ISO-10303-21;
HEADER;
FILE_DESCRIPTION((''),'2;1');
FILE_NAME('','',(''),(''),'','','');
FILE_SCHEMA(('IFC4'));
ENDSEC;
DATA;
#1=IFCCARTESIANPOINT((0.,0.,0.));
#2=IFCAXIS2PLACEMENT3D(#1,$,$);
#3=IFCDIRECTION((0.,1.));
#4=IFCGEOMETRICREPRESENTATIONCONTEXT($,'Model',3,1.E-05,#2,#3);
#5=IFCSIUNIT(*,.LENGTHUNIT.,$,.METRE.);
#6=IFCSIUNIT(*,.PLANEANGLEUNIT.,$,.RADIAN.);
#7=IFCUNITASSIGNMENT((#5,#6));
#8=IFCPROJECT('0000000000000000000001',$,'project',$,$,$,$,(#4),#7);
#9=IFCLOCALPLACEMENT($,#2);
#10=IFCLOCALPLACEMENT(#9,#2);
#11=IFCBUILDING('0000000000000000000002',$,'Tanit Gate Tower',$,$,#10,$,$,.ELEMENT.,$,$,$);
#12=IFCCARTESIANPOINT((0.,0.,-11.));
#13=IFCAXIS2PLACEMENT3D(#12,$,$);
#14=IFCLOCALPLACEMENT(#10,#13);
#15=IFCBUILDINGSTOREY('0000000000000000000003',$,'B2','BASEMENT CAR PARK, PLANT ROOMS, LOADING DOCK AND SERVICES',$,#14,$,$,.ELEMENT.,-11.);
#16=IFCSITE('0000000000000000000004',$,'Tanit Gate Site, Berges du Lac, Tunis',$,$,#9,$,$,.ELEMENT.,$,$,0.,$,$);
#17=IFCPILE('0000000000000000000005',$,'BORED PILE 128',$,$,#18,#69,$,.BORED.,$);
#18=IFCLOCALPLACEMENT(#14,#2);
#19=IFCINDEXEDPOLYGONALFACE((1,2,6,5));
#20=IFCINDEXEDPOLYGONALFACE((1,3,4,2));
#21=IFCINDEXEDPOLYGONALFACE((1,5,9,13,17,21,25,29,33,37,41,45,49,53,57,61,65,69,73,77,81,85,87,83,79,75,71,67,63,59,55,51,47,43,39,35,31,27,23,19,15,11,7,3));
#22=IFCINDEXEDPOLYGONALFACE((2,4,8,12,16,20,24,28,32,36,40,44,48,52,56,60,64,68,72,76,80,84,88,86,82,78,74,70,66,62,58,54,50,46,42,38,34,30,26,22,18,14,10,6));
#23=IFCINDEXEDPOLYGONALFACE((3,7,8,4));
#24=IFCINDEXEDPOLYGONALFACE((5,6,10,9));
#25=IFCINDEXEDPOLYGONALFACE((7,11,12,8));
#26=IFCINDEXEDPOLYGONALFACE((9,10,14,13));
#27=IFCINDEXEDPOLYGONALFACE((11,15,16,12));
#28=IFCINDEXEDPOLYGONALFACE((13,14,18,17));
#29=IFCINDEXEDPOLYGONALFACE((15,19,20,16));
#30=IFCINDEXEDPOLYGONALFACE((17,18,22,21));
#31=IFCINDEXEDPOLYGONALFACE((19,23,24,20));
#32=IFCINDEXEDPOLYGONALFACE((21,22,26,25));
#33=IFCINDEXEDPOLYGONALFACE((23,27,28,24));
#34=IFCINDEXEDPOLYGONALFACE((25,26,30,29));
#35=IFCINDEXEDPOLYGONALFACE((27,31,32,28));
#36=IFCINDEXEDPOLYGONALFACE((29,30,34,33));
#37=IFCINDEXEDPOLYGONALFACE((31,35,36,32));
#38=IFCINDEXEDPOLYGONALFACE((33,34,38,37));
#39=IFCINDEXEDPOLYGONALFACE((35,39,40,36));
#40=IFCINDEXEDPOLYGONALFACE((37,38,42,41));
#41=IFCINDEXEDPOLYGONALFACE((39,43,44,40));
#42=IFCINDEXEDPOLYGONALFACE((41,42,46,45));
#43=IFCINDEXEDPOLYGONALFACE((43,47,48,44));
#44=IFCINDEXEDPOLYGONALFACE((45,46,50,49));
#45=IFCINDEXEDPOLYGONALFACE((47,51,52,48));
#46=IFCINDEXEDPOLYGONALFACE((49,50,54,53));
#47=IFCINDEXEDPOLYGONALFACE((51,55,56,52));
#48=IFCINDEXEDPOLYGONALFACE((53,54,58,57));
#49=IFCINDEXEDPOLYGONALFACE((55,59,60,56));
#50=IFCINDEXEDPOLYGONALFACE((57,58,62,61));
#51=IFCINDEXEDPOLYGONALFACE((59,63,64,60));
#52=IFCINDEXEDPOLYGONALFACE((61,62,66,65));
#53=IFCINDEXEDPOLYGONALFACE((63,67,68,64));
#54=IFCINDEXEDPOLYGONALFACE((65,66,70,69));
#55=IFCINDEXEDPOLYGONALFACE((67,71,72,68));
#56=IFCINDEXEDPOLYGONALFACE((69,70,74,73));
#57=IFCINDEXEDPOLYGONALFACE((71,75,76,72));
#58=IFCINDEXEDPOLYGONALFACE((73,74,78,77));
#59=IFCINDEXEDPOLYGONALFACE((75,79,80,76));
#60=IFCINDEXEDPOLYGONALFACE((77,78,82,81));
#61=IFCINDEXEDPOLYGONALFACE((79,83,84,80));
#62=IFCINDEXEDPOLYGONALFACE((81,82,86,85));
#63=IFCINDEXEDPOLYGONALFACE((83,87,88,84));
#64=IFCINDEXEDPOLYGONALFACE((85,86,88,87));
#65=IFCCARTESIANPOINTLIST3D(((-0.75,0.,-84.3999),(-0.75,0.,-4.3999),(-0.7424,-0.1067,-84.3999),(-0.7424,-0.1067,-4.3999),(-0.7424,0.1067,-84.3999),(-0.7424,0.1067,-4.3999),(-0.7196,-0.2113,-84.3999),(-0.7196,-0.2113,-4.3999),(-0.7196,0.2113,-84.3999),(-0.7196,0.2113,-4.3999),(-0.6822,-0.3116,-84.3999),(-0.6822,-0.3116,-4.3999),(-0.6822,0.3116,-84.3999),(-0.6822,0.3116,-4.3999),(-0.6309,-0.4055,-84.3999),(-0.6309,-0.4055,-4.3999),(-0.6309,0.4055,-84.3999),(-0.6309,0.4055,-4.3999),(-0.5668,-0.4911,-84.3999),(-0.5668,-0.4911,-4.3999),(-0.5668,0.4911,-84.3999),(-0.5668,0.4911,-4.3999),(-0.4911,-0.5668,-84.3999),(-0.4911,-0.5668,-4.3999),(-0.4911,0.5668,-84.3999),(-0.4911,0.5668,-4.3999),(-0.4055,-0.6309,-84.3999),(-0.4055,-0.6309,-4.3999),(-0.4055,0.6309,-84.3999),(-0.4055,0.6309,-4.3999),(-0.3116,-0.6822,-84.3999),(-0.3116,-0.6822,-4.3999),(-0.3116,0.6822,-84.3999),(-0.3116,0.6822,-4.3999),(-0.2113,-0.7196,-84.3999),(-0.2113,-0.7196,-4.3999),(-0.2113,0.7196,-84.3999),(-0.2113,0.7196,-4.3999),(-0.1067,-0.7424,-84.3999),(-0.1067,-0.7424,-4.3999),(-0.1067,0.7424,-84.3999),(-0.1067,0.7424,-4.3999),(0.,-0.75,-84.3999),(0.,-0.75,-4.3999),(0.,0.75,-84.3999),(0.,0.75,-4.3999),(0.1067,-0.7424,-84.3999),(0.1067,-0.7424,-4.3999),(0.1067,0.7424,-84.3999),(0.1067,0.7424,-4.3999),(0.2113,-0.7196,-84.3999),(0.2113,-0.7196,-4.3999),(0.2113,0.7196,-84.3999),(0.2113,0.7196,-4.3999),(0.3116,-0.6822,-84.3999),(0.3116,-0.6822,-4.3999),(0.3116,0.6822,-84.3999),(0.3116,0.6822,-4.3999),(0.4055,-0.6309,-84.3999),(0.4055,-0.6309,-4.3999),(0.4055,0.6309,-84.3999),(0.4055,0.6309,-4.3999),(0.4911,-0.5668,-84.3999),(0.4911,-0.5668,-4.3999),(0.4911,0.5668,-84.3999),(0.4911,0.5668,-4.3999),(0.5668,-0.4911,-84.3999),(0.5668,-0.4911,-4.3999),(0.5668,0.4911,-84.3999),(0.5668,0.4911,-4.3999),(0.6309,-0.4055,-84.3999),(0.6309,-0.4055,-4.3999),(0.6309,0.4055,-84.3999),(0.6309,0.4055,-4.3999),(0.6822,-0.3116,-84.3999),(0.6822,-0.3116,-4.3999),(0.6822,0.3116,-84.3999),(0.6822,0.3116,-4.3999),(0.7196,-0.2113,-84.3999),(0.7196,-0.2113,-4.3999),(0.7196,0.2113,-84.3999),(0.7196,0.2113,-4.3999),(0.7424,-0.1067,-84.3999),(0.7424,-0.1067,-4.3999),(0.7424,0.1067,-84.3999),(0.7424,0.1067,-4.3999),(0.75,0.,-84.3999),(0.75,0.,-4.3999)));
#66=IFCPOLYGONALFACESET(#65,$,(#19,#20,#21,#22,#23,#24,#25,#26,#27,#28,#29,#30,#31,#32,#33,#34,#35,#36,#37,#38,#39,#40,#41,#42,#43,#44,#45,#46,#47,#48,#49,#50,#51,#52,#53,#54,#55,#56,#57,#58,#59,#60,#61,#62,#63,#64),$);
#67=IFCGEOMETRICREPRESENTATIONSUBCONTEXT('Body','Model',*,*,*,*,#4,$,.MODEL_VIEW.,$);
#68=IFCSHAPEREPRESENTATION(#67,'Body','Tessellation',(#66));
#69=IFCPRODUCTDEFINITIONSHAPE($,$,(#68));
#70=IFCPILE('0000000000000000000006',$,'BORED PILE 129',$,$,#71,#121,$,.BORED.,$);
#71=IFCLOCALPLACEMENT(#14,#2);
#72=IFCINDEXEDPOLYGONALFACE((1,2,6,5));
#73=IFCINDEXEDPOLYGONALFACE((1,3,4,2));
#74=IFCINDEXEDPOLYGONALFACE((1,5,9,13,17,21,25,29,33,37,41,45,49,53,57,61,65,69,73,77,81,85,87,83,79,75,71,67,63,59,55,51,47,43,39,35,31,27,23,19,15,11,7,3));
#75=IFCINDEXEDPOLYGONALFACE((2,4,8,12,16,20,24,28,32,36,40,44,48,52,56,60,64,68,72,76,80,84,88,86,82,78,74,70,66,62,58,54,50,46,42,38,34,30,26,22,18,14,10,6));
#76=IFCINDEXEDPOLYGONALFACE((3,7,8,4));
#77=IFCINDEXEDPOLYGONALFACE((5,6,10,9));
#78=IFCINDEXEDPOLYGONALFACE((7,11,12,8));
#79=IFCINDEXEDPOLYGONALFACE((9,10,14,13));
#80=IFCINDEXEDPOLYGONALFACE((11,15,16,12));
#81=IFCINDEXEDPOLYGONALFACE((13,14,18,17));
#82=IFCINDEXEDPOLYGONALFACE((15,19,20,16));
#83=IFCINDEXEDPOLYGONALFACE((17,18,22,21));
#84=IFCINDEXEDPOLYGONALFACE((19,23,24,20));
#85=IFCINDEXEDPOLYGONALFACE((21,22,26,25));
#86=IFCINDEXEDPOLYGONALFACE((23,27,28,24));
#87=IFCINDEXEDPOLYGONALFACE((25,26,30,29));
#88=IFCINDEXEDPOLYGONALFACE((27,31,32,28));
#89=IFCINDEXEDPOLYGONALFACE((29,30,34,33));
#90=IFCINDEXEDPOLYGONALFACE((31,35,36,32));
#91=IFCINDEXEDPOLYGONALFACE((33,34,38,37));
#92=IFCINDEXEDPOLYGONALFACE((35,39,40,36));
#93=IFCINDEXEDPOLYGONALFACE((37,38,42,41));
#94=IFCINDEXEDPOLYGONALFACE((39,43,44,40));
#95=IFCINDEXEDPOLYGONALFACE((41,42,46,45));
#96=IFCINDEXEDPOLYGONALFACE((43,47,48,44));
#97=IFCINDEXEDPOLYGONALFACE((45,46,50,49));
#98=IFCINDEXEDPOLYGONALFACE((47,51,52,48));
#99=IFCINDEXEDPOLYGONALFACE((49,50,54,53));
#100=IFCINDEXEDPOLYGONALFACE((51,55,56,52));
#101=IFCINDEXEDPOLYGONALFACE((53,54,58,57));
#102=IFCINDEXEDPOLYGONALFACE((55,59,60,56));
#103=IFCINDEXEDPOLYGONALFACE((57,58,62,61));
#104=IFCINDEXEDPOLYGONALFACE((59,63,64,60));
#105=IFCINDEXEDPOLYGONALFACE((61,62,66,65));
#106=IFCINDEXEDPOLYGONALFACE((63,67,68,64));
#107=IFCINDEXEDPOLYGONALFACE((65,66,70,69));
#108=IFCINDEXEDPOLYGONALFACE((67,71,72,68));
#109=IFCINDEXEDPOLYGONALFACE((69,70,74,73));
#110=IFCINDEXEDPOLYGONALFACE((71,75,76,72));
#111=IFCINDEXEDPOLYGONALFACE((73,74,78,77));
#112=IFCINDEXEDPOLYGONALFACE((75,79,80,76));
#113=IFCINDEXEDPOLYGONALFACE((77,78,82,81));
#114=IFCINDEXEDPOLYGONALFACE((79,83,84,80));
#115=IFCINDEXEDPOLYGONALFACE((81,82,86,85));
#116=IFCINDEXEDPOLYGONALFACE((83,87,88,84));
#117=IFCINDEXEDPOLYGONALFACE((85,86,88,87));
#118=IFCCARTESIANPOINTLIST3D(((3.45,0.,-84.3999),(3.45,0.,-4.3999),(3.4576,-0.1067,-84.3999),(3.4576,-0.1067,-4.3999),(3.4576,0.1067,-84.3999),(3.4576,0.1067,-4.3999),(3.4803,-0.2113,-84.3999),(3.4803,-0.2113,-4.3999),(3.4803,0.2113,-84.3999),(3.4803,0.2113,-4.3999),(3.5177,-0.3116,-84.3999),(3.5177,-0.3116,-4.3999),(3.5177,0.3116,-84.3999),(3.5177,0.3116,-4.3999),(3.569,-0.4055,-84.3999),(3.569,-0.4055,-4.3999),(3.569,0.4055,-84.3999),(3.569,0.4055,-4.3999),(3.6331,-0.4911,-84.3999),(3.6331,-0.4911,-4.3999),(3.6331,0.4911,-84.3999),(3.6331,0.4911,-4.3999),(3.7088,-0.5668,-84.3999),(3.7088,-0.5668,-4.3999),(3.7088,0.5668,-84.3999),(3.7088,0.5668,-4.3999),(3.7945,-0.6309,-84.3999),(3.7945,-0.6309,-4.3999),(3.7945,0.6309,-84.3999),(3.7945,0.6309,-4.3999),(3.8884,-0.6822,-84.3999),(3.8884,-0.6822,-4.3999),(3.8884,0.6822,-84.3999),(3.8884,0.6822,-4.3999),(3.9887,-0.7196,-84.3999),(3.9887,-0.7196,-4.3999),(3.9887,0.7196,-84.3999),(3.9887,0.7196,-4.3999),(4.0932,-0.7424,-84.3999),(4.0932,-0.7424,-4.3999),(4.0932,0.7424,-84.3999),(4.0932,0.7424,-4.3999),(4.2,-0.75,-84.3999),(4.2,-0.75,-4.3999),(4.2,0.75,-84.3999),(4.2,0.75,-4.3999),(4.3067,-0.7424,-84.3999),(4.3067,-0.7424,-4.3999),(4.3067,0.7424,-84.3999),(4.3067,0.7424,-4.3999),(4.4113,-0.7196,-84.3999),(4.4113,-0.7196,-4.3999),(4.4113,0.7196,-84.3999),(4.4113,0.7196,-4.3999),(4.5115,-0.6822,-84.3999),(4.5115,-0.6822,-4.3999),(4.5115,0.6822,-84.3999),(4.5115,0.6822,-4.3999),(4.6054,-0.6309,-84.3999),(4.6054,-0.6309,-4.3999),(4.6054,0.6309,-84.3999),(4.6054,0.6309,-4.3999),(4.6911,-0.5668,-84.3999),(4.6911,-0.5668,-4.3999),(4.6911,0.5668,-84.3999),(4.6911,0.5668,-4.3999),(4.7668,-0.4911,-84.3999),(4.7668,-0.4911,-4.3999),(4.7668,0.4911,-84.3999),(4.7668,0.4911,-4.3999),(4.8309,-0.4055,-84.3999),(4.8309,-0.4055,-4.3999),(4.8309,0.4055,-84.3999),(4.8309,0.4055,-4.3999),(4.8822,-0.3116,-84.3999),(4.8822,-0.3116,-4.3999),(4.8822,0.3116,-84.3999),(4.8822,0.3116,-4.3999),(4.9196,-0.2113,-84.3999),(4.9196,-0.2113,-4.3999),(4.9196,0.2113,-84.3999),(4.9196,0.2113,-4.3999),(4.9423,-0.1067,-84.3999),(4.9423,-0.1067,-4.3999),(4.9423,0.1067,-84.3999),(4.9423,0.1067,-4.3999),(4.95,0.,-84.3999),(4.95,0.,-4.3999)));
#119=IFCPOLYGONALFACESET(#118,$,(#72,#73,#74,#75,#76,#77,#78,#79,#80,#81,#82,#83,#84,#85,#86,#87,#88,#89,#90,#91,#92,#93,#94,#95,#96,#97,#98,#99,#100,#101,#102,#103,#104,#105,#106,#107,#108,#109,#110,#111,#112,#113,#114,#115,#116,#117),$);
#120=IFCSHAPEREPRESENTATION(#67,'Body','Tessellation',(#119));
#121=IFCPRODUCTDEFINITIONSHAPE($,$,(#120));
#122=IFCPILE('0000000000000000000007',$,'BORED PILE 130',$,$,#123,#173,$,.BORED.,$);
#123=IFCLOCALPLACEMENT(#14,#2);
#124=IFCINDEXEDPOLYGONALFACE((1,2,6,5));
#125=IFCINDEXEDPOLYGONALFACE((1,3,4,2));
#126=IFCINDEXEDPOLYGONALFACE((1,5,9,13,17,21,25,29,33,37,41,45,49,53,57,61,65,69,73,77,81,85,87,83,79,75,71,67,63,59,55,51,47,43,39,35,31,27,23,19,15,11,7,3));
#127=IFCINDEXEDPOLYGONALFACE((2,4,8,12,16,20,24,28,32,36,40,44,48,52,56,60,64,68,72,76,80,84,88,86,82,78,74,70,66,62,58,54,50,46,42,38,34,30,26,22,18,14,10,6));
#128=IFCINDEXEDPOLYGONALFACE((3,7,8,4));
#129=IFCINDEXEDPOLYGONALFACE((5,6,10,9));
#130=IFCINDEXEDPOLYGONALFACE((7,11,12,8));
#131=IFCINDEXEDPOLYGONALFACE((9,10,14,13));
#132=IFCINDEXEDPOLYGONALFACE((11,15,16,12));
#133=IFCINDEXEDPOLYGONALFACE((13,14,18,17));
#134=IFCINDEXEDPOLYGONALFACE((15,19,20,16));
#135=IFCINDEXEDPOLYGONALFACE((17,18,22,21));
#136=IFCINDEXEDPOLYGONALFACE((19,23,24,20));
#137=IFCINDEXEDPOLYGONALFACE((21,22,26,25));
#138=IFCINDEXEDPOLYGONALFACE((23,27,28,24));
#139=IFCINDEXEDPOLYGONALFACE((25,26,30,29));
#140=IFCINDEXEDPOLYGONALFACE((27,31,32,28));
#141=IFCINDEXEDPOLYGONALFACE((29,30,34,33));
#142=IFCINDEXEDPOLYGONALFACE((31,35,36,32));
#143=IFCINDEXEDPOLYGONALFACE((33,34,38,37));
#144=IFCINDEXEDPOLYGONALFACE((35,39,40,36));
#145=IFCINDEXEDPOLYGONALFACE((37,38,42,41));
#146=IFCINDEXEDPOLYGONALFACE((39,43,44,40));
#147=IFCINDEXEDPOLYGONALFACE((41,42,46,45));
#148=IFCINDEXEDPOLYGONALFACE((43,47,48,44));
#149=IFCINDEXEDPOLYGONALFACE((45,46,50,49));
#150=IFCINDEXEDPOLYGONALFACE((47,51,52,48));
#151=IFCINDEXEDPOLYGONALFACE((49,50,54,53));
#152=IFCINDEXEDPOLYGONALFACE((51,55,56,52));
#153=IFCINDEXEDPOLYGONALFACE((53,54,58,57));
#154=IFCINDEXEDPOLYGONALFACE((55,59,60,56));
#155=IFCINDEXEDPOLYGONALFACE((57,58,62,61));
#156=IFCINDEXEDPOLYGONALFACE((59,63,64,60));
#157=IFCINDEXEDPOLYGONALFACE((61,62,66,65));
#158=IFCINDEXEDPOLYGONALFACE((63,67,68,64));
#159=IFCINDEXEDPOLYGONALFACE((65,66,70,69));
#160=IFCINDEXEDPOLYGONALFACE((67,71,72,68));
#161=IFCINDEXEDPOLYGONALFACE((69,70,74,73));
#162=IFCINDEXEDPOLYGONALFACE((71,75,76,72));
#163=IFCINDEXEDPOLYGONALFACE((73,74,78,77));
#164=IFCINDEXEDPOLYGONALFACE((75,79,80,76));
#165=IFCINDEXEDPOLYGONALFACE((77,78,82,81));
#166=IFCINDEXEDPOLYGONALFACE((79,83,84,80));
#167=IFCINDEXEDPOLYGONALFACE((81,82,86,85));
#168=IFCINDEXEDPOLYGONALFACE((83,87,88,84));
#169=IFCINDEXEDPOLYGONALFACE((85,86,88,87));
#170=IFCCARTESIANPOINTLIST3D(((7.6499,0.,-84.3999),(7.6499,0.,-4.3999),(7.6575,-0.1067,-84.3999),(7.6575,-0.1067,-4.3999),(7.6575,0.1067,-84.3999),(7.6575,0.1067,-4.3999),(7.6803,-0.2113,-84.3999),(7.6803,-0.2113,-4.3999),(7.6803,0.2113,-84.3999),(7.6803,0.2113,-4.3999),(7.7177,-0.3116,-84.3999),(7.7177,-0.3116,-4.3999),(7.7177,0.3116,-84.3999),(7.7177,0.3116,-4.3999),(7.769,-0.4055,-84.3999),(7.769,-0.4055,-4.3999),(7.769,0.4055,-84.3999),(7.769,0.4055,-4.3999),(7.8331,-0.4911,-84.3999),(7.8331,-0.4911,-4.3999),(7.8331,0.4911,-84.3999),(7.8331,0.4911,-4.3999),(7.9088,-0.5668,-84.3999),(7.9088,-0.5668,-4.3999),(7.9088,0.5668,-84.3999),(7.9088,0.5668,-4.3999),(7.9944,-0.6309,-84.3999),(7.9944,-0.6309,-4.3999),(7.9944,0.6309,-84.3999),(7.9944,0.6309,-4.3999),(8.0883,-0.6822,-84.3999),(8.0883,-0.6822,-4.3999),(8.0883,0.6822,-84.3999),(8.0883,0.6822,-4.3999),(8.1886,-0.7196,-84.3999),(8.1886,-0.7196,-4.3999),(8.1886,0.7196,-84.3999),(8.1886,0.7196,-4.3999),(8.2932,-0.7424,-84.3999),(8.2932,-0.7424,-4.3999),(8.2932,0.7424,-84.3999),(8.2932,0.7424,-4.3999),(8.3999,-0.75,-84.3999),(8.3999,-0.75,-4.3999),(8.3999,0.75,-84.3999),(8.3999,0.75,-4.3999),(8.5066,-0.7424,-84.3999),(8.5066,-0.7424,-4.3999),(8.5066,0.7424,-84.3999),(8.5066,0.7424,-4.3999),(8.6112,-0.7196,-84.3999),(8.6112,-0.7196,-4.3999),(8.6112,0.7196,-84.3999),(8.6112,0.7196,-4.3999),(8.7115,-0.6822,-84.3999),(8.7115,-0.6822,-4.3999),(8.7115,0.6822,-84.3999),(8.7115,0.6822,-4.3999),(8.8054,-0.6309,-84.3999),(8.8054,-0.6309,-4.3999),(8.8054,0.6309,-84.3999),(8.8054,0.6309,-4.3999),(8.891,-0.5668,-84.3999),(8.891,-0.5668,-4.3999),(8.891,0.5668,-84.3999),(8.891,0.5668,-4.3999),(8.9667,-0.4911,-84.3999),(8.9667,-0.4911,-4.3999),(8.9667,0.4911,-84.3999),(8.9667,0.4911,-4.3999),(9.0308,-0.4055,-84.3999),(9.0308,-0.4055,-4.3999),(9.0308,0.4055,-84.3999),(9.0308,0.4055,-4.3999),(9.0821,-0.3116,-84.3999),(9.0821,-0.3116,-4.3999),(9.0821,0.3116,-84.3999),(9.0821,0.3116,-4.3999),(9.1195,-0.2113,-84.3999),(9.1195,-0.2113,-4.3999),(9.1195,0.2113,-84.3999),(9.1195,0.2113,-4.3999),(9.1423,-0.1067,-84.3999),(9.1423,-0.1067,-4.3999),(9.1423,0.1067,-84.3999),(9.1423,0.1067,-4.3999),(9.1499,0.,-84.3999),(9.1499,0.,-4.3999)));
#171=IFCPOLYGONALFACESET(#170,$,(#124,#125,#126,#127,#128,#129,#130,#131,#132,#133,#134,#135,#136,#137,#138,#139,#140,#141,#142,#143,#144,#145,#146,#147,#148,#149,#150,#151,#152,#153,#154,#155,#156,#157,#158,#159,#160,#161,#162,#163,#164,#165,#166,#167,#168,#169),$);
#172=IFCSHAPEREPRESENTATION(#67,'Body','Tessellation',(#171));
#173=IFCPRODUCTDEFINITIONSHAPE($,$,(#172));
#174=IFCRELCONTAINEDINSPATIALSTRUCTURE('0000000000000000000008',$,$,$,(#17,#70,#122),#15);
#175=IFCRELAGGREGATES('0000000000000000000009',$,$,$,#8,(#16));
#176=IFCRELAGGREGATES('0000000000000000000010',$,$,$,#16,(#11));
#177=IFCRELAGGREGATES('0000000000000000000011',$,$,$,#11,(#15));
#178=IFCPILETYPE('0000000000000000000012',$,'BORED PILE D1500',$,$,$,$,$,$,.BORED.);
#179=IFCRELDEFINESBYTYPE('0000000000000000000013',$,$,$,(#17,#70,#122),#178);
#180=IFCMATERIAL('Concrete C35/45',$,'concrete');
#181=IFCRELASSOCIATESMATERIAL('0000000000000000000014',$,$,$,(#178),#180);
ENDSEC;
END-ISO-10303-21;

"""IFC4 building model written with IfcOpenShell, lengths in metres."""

from ifc_helpers import new_model, si_unit, direction, frame, origin, origin_2d, place, context, subcontext, project, spatial, circle, extrude, material, material_profile, profile_set, type_object, element, save


model = new_model("IFC4")

# Units and contexts
model_context = context("Model", 3, precision=1e-05, world=origin(), true_north=direction((0.0, 1.0)))
body_context = subcontext(model_context, "Body", "Model", "MODEL_VIEW")
ifc_project = project(units=[si_unit("LENGTHUNIT", "METRE"), si_unit("PLANEANGLEUNIT", "RADIAN")], contexts=[model_context])

# Site, building, storey
site_placement = place(None, origin())
site = spatial("IfcSite", under=ifc_project, at=site_placement, Name="Tanit Gate Site, Berges du Lac, Tunis", CompositionType="ELEMENT", RefElevation=0.0)
building_placement = place(site_placement, origin())
building = spatial("IfcBuilding", under=site, at=building_placement, Name="Tanit Gate Tower", CompositionType="ELEMENT")
storey_placement = place(building_placement, frame((0.0, 0.0, -11.0)))
storey = spatial("IfcBuildingStorey", under=building, at=storey_placement, Name="B2", Description="BASEMENT CAR PARK, PLANT ROOMS, LOADING DOCK AND SERVICES", CompositionType="ELEMENT", Elevation=-11.0)

# Piles
ifc_material_1 = material(Name="Concrete C35/45", Category="concrete")
ifc_material_profile = material_profile(ifc_material_1, circle(Radius=0.75, at=origin_2d()), Name="BORED PILE D1500 C35/45")
ifc_profile_set = profile_set([ifc_material_profile], Name="Concrete C35/45")
pile_type = type_object("IfcPileType", Name="BORED PILE D1500", PredefinedType="BORED", material=ifc_profile_set)
for number, where, z_axis, x_axis, name in (
    (1, (0.0, 0.0, -4.3999), (0.0, 0.0, -1.0), (1.0, 0.0, 0.0), "BORED PILE 128"),
    (2, (4.2, 0.0, -4.3999), (0.0, 0.0, -1.0), (1.0, 0.0, 0.0), "BORED PILE 129"),
    (3, (8.3999, 0.0, -4.3999), (0.0, 0.0, -1.0), (1.0, 0.0, 0.0), "BORED PILE 130"),
):
    element("IfcPile", number, at=place(storey_placement, frame(where, z_axis=z_axis, x_axis=x_axis)), inside=storey, type_object=pile_type, Name=name, PredefinedType="BORED", context=body_context, shape_type="SweptSolid", body=[
        extrude(circle(Radius=0.75, at=origin_2d()), origin(), (0.0, 0.0, 1.0), 80.0),
    ])

save(model, "model.ifc")
